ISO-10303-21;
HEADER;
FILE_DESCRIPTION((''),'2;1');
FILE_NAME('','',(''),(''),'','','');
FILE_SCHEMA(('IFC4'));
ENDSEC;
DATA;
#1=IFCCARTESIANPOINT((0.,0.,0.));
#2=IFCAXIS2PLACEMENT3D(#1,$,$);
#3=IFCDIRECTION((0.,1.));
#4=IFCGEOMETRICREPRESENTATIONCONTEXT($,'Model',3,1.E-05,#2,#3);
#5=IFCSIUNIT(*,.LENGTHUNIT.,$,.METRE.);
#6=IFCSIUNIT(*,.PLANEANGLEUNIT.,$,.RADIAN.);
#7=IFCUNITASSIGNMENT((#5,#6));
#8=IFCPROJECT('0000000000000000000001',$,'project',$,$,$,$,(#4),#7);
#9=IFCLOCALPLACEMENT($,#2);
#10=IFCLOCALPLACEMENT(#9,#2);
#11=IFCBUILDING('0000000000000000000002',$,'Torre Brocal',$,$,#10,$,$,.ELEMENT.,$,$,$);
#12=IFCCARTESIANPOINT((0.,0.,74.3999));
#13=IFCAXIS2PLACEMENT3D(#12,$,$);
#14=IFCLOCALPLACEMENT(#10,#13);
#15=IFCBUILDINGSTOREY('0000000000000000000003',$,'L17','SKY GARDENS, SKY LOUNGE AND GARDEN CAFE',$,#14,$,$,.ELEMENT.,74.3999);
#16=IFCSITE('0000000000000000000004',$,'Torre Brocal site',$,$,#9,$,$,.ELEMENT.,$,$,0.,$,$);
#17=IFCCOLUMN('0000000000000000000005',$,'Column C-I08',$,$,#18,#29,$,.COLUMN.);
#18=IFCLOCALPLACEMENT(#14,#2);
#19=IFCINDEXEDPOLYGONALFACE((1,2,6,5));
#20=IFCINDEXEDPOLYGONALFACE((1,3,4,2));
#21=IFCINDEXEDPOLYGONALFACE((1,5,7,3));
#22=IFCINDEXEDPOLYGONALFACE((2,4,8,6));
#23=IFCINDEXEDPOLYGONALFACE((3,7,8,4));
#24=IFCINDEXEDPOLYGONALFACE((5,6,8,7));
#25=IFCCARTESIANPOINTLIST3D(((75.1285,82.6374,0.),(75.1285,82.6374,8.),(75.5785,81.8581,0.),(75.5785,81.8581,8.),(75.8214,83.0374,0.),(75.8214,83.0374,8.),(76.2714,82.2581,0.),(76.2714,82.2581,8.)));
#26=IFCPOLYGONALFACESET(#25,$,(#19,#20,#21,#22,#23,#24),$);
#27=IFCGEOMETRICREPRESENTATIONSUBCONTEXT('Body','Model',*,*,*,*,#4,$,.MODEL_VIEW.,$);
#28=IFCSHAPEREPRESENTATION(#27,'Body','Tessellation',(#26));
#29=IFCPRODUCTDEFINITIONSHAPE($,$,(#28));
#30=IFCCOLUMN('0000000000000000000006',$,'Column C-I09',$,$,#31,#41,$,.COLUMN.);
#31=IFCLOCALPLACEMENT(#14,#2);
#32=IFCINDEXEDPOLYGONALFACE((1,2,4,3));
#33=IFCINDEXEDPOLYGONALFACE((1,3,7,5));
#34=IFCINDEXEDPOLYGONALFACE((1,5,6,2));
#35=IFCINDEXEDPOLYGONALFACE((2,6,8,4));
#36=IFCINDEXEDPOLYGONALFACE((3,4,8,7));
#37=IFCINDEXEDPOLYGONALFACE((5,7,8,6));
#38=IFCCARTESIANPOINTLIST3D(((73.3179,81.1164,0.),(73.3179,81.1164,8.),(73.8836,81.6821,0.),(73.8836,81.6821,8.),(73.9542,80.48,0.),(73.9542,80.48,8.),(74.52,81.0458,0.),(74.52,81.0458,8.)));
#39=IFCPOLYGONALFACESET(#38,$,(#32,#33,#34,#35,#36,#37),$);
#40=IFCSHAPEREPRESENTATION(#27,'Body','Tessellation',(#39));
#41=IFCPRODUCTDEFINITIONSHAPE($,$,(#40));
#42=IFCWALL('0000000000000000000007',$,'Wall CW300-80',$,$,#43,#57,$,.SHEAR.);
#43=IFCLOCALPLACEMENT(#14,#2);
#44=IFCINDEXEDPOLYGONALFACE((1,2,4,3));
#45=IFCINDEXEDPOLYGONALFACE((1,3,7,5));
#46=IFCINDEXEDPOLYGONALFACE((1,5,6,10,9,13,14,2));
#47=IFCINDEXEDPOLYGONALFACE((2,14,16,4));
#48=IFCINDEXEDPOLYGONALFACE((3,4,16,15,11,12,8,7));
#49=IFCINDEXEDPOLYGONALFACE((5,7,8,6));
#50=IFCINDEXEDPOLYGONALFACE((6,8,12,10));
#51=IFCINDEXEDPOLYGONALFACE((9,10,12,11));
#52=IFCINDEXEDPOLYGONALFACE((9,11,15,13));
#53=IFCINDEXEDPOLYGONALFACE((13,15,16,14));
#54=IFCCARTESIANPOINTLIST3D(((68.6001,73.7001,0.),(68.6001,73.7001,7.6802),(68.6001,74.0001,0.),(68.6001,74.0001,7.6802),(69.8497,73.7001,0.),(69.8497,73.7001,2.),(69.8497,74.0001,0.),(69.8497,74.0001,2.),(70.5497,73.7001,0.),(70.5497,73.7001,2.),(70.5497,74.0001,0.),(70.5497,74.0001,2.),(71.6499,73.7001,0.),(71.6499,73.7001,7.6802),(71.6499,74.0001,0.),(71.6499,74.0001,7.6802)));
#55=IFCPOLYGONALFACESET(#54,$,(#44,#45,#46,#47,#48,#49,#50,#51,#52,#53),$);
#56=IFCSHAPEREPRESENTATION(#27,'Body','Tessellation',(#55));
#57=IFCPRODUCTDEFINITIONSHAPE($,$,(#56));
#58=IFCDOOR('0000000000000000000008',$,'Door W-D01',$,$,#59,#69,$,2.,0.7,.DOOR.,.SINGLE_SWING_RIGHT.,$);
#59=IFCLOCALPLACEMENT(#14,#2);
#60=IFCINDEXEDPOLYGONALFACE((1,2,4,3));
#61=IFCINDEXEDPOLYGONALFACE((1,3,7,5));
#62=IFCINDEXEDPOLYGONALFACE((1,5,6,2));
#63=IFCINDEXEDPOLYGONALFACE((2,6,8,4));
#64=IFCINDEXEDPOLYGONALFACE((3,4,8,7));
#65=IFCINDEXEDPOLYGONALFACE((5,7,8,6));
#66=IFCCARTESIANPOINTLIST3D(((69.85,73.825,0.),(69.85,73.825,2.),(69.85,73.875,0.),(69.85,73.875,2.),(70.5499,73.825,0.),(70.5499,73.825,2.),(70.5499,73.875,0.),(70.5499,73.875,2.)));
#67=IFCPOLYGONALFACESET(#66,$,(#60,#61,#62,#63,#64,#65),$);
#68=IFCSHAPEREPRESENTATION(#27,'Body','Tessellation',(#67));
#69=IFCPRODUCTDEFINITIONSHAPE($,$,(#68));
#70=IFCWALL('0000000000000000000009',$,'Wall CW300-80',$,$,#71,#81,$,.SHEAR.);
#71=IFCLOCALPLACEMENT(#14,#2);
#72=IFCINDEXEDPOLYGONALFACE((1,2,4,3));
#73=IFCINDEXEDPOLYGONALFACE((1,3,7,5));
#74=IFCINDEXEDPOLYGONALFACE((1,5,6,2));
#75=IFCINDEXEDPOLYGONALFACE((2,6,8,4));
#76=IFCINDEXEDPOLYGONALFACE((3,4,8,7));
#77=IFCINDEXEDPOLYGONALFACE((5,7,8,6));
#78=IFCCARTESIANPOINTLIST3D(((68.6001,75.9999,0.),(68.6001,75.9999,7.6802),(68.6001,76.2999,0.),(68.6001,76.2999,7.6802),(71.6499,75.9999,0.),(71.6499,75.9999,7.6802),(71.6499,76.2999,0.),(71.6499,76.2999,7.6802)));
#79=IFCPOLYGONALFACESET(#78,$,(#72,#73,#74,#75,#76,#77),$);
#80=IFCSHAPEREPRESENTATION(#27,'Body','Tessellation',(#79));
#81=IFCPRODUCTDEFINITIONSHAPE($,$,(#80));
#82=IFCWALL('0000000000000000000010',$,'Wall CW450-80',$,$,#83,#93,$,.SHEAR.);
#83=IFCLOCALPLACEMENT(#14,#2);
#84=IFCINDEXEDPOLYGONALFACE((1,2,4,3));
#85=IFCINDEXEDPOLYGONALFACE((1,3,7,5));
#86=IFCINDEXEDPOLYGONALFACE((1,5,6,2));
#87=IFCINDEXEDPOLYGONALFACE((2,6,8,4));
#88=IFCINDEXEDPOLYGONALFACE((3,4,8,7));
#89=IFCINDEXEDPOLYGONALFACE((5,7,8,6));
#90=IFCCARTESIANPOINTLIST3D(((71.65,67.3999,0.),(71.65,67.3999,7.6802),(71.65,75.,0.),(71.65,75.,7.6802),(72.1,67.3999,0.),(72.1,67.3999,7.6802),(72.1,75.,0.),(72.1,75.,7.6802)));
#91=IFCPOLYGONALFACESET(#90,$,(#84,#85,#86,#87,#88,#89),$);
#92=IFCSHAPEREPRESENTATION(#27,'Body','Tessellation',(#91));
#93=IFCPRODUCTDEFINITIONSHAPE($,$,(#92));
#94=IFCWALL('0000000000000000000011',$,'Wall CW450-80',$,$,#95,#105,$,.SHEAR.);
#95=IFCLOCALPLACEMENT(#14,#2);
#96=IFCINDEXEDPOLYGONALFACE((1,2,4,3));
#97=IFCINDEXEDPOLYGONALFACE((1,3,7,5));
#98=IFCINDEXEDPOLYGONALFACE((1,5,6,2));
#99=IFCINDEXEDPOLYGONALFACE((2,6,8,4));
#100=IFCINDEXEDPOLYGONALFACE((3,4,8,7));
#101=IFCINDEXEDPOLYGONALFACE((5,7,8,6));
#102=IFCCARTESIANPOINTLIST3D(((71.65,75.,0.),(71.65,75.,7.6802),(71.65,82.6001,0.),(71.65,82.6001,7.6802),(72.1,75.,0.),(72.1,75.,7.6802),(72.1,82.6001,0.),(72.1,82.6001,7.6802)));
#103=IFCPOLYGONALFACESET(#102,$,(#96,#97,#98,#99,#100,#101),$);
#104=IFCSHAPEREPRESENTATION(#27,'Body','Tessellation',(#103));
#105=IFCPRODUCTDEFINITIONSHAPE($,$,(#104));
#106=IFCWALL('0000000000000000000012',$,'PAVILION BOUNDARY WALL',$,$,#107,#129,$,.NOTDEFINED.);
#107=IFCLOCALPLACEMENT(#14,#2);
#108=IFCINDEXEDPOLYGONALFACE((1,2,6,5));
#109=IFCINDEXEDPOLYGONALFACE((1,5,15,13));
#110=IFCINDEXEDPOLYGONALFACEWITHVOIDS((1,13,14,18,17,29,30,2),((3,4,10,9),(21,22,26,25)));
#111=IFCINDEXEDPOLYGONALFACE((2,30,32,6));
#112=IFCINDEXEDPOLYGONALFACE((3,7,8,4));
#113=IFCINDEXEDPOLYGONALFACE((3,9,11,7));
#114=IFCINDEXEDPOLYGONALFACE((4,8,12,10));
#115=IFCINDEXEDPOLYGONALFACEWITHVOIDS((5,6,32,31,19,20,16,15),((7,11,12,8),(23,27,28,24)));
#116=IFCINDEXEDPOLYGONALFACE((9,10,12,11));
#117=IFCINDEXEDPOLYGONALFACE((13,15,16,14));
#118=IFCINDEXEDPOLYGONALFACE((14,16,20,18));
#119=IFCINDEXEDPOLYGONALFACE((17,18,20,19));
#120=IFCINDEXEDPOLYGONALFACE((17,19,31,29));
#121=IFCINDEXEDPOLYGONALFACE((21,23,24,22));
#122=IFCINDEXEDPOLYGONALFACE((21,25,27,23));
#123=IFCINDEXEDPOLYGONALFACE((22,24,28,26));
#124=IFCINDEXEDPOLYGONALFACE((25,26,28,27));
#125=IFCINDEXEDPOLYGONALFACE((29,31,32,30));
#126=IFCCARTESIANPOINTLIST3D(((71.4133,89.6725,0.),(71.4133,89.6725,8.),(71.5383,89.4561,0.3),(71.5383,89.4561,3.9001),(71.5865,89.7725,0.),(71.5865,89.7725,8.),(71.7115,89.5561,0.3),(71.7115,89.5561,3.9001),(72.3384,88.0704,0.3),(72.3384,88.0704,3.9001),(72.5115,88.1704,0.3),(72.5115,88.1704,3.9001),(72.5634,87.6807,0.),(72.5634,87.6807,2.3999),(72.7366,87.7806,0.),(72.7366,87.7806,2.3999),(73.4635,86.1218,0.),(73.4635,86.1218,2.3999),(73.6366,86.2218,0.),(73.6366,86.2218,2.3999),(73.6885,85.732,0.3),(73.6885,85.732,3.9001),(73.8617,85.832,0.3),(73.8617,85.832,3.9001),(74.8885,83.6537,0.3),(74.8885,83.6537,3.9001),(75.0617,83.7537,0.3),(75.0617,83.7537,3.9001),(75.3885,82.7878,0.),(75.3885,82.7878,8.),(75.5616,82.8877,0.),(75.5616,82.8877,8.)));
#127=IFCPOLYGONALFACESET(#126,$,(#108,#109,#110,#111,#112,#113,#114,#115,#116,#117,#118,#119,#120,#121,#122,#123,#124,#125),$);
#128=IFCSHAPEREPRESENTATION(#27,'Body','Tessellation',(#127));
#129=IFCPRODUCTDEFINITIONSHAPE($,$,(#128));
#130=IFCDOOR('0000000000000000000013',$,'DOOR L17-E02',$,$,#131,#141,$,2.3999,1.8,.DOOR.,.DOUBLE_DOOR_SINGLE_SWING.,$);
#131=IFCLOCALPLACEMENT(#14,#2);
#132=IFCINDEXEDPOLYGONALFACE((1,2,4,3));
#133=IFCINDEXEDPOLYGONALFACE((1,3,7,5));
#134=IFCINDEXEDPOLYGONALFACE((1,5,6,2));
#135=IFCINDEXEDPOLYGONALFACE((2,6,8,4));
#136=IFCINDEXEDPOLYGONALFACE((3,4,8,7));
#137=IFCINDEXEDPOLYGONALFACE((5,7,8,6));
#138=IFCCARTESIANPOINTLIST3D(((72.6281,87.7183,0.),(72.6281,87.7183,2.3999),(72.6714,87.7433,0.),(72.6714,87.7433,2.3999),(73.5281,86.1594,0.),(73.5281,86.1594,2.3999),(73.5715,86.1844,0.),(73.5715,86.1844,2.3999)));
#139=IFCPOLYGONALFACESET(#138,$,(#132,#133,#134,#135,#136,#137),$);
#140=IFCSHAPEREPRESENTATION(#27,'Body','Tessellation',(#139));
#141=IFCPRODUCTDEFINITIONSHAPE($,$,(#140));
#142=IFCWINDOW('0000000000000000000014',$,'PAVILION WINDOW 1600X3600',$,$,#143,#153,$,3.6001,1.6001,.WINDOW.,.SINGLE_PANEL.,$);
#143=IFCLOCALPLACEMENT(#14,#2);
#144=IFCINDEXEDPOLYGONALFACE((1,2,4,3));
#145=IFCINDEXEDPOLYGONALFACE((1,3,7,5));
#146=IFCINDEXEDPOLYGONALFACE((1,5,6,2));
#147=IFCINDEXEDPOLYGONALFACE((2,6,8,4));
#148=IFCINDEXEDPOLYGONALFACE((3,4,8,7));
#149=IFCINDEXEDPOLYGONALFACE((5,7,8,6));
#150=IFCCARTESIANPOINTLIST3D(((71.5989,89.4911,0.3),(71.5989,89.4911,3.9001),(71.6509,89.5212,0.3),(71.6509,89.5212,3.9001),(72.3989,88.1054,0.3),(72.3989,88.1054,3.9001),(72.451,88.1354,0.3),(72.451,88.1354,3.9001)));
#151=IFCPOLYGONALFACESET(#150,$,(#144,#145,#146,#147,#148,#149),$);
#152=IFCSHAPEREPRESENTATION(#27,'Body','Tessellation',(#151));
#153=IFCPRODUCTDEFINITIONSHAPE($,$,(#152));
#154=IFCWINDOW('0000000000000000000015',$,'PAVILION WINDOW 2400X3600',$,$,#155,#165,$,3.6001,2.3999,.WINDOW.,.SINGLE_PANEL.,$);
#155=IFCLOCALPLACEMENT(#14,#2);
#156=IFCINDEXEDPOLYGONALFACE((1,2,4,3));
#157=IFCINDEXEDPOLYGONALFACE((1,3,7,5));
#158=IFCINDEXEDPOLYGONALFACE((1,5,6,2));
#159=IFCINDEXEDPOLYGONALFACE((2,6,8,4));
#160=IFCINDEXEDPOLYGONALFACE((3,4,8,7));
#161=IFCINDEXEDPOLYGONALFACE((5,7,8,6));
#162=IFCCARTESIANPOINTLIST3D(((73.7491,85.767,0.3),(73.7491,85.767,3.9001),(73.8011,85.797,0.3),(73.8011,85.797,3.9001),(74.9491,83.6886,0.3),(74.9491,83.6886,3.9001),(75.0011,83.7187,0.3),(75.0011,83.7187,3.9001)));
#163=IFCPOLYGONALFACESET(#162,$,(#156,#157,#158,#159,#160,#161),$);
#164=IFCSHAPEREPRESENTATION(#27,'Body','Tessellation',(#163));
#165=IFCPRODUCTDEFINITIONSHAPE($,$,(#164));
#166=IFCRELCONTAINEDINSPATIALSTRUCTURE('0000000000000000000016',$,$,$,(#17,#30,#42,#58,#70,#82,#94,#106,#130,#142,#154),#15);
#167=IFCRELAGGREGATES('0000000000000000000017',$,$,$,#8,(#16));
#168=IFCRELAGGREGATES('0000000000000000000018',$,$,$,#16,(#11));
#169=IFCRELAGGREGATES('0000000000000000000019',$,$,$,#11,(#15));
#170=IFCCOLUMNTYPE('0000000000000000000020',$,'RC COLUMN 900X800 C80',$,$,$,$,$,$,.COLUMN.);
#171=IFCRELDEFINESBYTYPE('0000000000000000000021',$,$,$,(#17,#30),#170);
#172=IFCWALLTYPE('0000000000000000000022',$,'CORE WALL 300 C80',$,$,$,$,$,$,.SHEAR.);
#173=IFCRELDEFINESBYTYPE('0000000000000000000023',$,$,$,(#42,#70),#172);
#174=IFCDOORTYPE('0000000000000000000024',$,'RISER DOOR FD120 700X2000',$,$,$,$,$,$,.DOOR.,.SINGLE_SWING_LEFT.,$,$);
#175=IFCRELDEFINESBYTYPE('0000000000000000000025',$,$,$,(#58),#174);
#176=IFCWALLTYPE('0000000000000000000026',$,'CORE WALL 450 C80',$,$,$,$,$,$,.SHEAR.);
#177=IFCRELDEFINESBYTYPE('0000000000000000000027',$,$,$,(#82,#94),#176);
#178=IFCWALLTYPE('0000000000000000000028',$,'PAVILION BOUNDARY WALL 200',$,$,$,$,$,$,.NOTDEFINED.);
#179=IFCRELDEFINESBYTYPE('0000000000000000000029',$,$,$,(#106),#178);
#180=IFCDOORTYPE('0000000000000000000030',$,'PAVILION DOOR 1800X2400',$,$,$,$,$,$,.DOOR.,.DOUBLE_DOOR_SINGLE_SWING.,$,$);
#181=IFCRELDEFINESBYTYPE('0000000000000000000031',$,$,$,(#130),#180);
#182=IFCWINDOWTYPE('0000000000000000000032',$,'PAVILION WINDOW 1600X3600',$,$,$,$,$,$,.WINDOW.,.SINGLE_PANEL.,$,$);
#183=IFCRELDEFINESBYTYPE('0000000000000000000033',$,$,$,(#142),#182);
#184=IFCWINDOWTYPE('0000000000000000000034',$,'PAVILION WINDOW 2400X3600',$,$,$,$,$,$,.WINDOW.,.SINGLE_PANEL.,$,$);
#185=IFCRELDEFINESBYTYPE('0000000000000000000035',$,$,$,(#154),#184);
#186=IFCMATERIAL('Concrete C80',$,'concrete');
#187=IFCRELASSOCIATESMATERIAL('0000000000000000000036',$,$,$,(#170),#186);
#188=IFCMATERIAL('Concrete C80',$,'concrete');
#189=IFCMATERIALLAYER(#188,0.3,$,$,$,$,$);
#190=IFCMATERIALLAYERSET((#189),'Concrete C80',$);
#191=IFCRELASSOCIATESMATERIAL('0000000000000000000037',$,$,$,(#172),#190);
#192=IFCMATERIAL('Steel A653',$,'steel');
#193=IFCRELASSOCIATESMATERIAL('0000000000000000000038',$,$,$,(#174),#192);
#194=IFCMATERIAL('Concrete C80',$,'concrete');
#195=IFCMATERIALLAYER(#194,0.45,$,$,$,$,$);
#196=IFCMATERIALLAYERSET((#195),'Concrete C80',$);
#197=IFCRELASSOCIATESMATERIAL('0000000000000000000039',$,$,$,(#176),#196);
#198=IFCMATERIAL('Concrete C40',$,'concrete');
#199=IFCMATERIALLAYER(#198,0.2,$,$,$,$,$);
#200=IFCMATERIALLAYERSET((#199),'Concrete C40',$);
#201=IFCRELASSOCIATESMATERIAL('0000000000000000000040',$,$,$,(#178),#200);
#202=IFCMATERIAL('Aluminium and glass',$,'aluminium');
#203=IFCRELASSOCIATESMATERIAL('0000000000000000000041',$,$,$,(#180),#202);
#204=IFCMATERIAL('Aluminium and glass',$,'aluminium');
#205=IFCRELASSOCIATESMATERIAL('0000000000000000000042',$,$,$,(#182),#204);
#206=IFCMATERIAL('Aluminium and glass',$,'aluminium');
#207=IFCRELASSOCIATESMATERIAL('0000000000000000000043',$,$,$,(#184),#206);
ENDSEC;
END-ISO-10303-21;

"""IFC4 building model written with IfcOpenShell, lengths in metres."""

from ifc_helpers import new_model, si_unit, direction, frame, frame_2d, origin, origin_2d, place, context, subcontext, project, spatial, rectangle, extrude, material, layer, layer_set, material_profile, profile_set, type_object, element, fill, save


model = new_model("IFC4")

# Units and contexts
model_context = context("Model", 3, precision=1e-05, world=origin(), true_north=direction((0.0, 1.0)))
body_context = subcontext(model_context, "Body", "Model", "MODEL_VIEW")
ifc_project = project(units=[si_unit("LENGTHUNIT", "METRE"), si_unit("PLANEANGLEUNIT", "RADIAN")], contexts=[model_context])

# Site, building, storey
site_placement = place(None, origin())
site = spatial("IfcSite", under=ifc_project, at=site_placement, Name="Torre Brocal site", CompositionType="ELEMENT", RefElevation=0.0)
building_placement = place(site_placement, origin())
building = spatial("IfcBuilding", under=site, at=building_placement, Name="Torre Brocal", CompositionType="ELEMENT")
storey_placement = place(building_placement, frame((0.0, 0.0, 74.3999)))
storey = spatial("IfcBuildingStorey", under=building, at=storey_placement, Name="L17", Description="SKY GARDENS, SKY LOUNGE AND GARDEN CAFE", CompositionType="ELEMENT", Elevation=74.3999)

# Columns
ifc_material_1 = material(Name="Concrete C80", Category="concrete")
ifc_material_profile = material_profile(ifc_material_1, rectangle(XDim=0.8999, YDim=0.8, at=origin_2d()), Name="RC 900X800")
ifc_profile_set = profile_set([ifc_material_profile], Name="Concrete C80")
column_type = type_object("IfcColumnType", Name="RC COLUMN 900X800 C80", PredefinedType="COLUMN", material=ifc_profile_set)
for number, where, z_axis, x_axis, name in (
    (1, (75.7, 82.4478, 0.0), (0.0, 0.0, 1.0), (-0.5, 0.866025, 0.0), "Column C-I08"),
    (2, (73.9189, 81.0811, 0.0), (0.0, 0.0, 1.0), (-0.707107, 0.707107, 0.0), "Column C-I09"),
):
    element("IfcColumn", number, at=place(storey_placement, frame(where, z_axis=z_axis, x_axis=x_axis)), inside=storey, type_object=column_type, Name=name, PredefinedType="COLUMN", context=body_context, shape_type="SweptSolid", body=[
        extrude(rectangle(XDim=0.8999, YDim=0.8, at=origin_2d()), origin(), (0.0, 0.0, 1.0), 8.0),
    ])

# Wall, opening, door
ifc_material_2 = material(Name="Concrete C80", Category="concrete")
ifc_layer_1 = layer(ifc_material_2, 0.3)
ifc_layer_set_1 = layer_set([ifc_layer_1], Name="Concrete C80")
wall_type_1 = type_object("IfcWallType", Name="CORE WALL 300 C80", PredefinedType="SHEAR", material=ifc_layer_set_1)
wall_1_placement = place(storey_placement, frame((71.6499, 73.8501, 0.0), z_axis=(0.0, 0.0, 1.0), x_axis=(-1.0, 0.0, 0.0)))
wall_1 = element("IfcWall", 3, at=wall_1_placement, inside=storey, type_object=wall_type_1, Name="Wall CW300-80", PredefinedType="SHEAR", context=body_context, shape_type="SweptSolid", body=[
    extrude(rectangle(XDim=3.0498, YDim=0.3, at=frame_2d((1.5249, 0.0))), origin(), (0.0, 0.0, 1.0), 7.6802),
])
opening_1_placement = place(wall_1_placement, frame((1.1001, 0.0, 0.0)))
opening_1 = element("IfcOpeningElement", 4, at=opening_1_placement, cuts=wall_1, PredefinedType="OPENING", context=body_context, shape_type="SweptSolid", body=[
    extrude(rectangle(XDim=0.7, YDim=2.0, at=frame_2d((0.3501, 1.0))), frame((0.0, 0.1599, 0.0), z_axis=(0.0, -1.0, 0.0), x_axis=(1.0, 0.0, 0.0)), (0.0, 0.0, 1.0), 0.3201),
])
ifc_material_3 = material(Name="Steel A653", Category="steel")
door_type_1 = type_object("IfcDoorType", Name="RISER DOOR FD120 700X2000", OperationType="SINGLE_SWING_LEFT", PredefinedType="DOOR", material=ifc_material_3)
door_1_placement = place(opening_1_placement, frame((0.7, 0.0, 0.0), z_axis=(0.0, 0.0, 1.0), x_axis=(-1.0, 0.0, 0.0)))
door_1 = element("IfcDoor", 5, at=door_1_placement, inside=storey, type_object=door_type_1, Name="Door W-D01", OperationType="SINGLE_SWING_RIGHT", OverallHeight=2.0, OverallWidth=0.7, PredefinedType="DOOR", context=body_context, shape_type="SweptSolid", body=[
    extrude(rectangle(XDim=0.7, YDim=2.0, at=frame_2d((0.3501, 1.0))), frame((0.0, 0.0249, 0.0), z_axis=(0.0, -1.0, 0.0), x_axis=(1.0, 0.0, 0.0)), (0.0, 0.0, 1.0), 0.05),
])
fill(opening_1, door_1)

# Walls
wall_2_placement = place(storey_placement, frame((71.6499, 76.1499, 0.0), z_axis=(0.0, 0.0, 1.0), x_axis=(-1.0, 0.0, 0.0)))
element("IfcWall", 6, at=wall_2_placement, inside=storey, type_object=wall_type_1, Name="Wall CW300-80", PredefinedType="SHEAR", context=body_context, shape_type="SweptSolid", body=[
    extrude(rectangle(XDim=3.0498, YDim=0.3, at=frame_2d((1.5249, 0.0))), origin(), (0.0, 0.0, 1.0), 7.6802),
])
ifc_material_4 = material(Name="Concrete C80", Category="concrete")
ifc_layer_2 = layer(ifc_material_4, 0.45)
ifc_layer_set_2 = layer_set([ifc_layer_2], Name="Concrete C80")
wall_type_2 = type_object("IfcWallType", Name="CORE WALL 450 C80", PredefinedType="SHEAR", material=ifc_layer_set_2)
for number, where, z_axis, x_axis, name in (
    (7, (71.875, 75.0, 0.0), (0.0, 0.0, 1.0), (0.0, -1.0, 0.0), "Wall CW450-80"),
    (8, (71.875, 82.6001, 0.0), (0.0, 0.0, 1.0), (0.0, -1.0, 0.0), "Wall CW450-80"),
):
    element("IfcWall", number, at=place(storey_placement, frame(where, z_axis=z_axis, x_axis=x_axis)), inside=storey, type_object=wall_type_2, Name=name, PredefinedType="SHEAR", context=body_context, shape_type="SweptSolid", body=[
        extrude(rectangle(XDim=7.6001, YDim=0.45, at=frame_2d((3.8, 0.0))), origin(), (0.0, 0.0, 1.0), 7.6802),
    ])

# Wall, openings, door, windows
ifc_material_5 = material(Name="Concrete C40", Category="concrete")
ifc_layer_3 = layer(ifc_material_5, 0.2)
ifc_layer_set_3 = layer_set([ifc_layer_3], Name="Concrete C40")
wall_type_3 = type_object("IfcWallType", Name="PAVILION BOUNDARY WALL 200", PredefinedType="NOTDEFINED", material=ifc_layer_set_3)
wall_3_placement = place(storey_placement, frame((75.4751, 82.8376, 0.0), z_axis=(0.0, 0.0, 1.0), x_axis=(-0.500017, 0.866016, 0.0)))
wall_3 = element("IfcWall", 9, at=wall_3_placement, inside=storey, type_object=wall_type_3, Name="PAVILION BOUNDARY WALL", PredefinedType="NOTDEFINED", context=body_context, shape_type="SweptSolid", body=[
    extrude(rectangle(XDim=7.95, YDim=0.2, at=frame_2d((3.9751, 0.0))), origin(), (0.0, 0.0, 1.0), 8.0),
])
opening_2_placement = place(wall_3_placement, frame((1.0, 0.0, 0.3)))
opening_2 = element("IfcOpeningElement", 10, at=opening_2_placement, cuts=wall_3, PredefinedType="OPENING", context=body_context, shape_type="SweptSolid", body=[
    extrude(rectangle(XDim=2.3999, YDim=3.6001, at=frame_2d((1.2, 1.8))), frame((0.0, 0.1099, 0.0), z_axis=(0.0, -1.0, 0.0), x_axis=(1.0, 0.0, 0.0)), (0.0, 0.0, 1.0), 0.22),
])
opening_3_placement = place(wall_3_placement, frame((3.8501, 0.0, 0.0)))
opening_3 = element("IfcOpeningElement", 11, at=opening_3_placement, cuts=wall_3, PredefinedType="OPENING", context=body_context, shape_type="SweptSolid", body=[
    extrude(rectangle(XDim=1.8, YDim=2.3999, at=frame_2d((0.8999, 1.2))), frame((0.0, 0.1099, 0.0), z_axis=(0.0, -1.0, 0.0), x_axis=(1.0, 0.0, 0.0)), (0.0, 0.0, 1.0), 0.22),
])
opening_4_placement = place(wall_3_placement, frame((6.1001, 0.0, 0.3)))
opening_4 = element("IfcOpeningElement", 12, at=opening_4_placement, cuts=wall_3, PredefinedType="OPENING", context=body_context, shape_type="SweptSolid", body=[
    extrude(rectangle(XDim=1.6001, YDim=3.6001, at=frame_2d((0.8, 1.8))), frame((0.0, 0.1099, 0.0), z_axis=(0.0, -1.0, 0.0), x_axis=(1.0, 0.0, 0.0)), (0.0, 0.0, 1.0), 0.22),
])
ifc_material_6 = material(Name="Aluminium and glass", Category="aluminium")
door_type_2 = type_object("IfcDoorType", Name="PAVILION DOOR 1800X2400", OperationType="DOUBLE_DOOR_SINGLE_SWING", PredefinedType="DOOR", material=ifc_material_6)
door_2_placement = place(opening_3_placement, frame((1.8, 0.0, 0.0), z_axis=(0.0, 0.0, 1.0), x_axis=(-1.0, 0.0, 0.0)))
door_2 = element("IfcDoor", 13, at=door_2_placement, inside=storey, type_object=door_type_2, Name="DOOR L17-E02", OperationType="DOUBLE_DOOR_SINGLE_SWING", OverallHeight=2.3999, OverallWidth=1.8, PredefinedType="DOOR", context=body_context, shape_type="SweptSolid", body=[
    extrude(rectangle(XDim=1.8, YDim=2.3999, at=frame_2d((0.8999, 1.2))), frame((0.0, 0.0249, 0.0), z_axis=(0.0, -1.0, 0.0), x_axis=(1.0, 0.0, 0.0)), (0.0, 0.0, 1.0), 0.05),
])
fill(opening_3, door_2)
ifc_material_7 = material(Name="Aluminium and glass", Category="aluminium")
window_type_1 = type_object("IfcWindowType", Name="PAVILION WINDOW 1600X3600", PartitioningType="SINGLE_PANEL", PredefinedType="WINDOW", material=ifc_material_7)
window_1_placement = place(opening_4_placement, origin())
window_1 = element("IfcWindow", 14, at=window_1_placement, inside=storey, type_object=window_type_1, Name="PAVILION WINDOW 1600X3600", OverallHeight=3.6001, OverallWidth=1.6001, PartitioningType="SINGLE_PANEL", PredefinedType="WINDOW", context=body_context, shape_type="SweptSolid", body=[
    extrude(rectangle(XDim=1.6001, YDim=3.6001, at=frame_2d((0.8, 1.8))), frame((0.0, 0.03, 0.0), z_axis=(0.0, -1.0, 0.0), x_axis=(1.0, 0.0, 0.0)), (0.0, 0.0, 1.0), 0.0601),
])
fill(opening_4, window_1)
ifc_material_8 = material(Name="Aluminium and glass", Category="aluminium")
window_type_2 = type_object("IfcWindowType", Name="PAVILION WINDOW 2400X3600", PartitioningType="SINGLE_PANEL", PredefinedType="WINDOW", material=ifc_material_8)
window_2_placement = place(opening_2_placement, origin())
window_2 = element("IfcWindow", 15, at=window_2_placement, inside=storey, type_object=window_type_2, Name="PAVILION WINDOW 2400X3600", OverallHeight=3.6001, OverallWidth=2.3999, PartitioningType="SINGLE_PANEL", PredefinedType="WINDOW", context=body_context, shape_type="SweptSolid", body=[
    extrude(rectangle(XDim=2.3999, YDim=3.6001, at=frame_2d((1.2, 1.8))), frame((0.0, 0.03, 0.0), z_axis=(0.0, -1.0, 0.0), x_axis=(1.0, 0.0, 0.0)), (0.0, 0.0, 1.0), 0.0601),
])
fill(opening_2, window_2)

save(model, "model.ifc")
